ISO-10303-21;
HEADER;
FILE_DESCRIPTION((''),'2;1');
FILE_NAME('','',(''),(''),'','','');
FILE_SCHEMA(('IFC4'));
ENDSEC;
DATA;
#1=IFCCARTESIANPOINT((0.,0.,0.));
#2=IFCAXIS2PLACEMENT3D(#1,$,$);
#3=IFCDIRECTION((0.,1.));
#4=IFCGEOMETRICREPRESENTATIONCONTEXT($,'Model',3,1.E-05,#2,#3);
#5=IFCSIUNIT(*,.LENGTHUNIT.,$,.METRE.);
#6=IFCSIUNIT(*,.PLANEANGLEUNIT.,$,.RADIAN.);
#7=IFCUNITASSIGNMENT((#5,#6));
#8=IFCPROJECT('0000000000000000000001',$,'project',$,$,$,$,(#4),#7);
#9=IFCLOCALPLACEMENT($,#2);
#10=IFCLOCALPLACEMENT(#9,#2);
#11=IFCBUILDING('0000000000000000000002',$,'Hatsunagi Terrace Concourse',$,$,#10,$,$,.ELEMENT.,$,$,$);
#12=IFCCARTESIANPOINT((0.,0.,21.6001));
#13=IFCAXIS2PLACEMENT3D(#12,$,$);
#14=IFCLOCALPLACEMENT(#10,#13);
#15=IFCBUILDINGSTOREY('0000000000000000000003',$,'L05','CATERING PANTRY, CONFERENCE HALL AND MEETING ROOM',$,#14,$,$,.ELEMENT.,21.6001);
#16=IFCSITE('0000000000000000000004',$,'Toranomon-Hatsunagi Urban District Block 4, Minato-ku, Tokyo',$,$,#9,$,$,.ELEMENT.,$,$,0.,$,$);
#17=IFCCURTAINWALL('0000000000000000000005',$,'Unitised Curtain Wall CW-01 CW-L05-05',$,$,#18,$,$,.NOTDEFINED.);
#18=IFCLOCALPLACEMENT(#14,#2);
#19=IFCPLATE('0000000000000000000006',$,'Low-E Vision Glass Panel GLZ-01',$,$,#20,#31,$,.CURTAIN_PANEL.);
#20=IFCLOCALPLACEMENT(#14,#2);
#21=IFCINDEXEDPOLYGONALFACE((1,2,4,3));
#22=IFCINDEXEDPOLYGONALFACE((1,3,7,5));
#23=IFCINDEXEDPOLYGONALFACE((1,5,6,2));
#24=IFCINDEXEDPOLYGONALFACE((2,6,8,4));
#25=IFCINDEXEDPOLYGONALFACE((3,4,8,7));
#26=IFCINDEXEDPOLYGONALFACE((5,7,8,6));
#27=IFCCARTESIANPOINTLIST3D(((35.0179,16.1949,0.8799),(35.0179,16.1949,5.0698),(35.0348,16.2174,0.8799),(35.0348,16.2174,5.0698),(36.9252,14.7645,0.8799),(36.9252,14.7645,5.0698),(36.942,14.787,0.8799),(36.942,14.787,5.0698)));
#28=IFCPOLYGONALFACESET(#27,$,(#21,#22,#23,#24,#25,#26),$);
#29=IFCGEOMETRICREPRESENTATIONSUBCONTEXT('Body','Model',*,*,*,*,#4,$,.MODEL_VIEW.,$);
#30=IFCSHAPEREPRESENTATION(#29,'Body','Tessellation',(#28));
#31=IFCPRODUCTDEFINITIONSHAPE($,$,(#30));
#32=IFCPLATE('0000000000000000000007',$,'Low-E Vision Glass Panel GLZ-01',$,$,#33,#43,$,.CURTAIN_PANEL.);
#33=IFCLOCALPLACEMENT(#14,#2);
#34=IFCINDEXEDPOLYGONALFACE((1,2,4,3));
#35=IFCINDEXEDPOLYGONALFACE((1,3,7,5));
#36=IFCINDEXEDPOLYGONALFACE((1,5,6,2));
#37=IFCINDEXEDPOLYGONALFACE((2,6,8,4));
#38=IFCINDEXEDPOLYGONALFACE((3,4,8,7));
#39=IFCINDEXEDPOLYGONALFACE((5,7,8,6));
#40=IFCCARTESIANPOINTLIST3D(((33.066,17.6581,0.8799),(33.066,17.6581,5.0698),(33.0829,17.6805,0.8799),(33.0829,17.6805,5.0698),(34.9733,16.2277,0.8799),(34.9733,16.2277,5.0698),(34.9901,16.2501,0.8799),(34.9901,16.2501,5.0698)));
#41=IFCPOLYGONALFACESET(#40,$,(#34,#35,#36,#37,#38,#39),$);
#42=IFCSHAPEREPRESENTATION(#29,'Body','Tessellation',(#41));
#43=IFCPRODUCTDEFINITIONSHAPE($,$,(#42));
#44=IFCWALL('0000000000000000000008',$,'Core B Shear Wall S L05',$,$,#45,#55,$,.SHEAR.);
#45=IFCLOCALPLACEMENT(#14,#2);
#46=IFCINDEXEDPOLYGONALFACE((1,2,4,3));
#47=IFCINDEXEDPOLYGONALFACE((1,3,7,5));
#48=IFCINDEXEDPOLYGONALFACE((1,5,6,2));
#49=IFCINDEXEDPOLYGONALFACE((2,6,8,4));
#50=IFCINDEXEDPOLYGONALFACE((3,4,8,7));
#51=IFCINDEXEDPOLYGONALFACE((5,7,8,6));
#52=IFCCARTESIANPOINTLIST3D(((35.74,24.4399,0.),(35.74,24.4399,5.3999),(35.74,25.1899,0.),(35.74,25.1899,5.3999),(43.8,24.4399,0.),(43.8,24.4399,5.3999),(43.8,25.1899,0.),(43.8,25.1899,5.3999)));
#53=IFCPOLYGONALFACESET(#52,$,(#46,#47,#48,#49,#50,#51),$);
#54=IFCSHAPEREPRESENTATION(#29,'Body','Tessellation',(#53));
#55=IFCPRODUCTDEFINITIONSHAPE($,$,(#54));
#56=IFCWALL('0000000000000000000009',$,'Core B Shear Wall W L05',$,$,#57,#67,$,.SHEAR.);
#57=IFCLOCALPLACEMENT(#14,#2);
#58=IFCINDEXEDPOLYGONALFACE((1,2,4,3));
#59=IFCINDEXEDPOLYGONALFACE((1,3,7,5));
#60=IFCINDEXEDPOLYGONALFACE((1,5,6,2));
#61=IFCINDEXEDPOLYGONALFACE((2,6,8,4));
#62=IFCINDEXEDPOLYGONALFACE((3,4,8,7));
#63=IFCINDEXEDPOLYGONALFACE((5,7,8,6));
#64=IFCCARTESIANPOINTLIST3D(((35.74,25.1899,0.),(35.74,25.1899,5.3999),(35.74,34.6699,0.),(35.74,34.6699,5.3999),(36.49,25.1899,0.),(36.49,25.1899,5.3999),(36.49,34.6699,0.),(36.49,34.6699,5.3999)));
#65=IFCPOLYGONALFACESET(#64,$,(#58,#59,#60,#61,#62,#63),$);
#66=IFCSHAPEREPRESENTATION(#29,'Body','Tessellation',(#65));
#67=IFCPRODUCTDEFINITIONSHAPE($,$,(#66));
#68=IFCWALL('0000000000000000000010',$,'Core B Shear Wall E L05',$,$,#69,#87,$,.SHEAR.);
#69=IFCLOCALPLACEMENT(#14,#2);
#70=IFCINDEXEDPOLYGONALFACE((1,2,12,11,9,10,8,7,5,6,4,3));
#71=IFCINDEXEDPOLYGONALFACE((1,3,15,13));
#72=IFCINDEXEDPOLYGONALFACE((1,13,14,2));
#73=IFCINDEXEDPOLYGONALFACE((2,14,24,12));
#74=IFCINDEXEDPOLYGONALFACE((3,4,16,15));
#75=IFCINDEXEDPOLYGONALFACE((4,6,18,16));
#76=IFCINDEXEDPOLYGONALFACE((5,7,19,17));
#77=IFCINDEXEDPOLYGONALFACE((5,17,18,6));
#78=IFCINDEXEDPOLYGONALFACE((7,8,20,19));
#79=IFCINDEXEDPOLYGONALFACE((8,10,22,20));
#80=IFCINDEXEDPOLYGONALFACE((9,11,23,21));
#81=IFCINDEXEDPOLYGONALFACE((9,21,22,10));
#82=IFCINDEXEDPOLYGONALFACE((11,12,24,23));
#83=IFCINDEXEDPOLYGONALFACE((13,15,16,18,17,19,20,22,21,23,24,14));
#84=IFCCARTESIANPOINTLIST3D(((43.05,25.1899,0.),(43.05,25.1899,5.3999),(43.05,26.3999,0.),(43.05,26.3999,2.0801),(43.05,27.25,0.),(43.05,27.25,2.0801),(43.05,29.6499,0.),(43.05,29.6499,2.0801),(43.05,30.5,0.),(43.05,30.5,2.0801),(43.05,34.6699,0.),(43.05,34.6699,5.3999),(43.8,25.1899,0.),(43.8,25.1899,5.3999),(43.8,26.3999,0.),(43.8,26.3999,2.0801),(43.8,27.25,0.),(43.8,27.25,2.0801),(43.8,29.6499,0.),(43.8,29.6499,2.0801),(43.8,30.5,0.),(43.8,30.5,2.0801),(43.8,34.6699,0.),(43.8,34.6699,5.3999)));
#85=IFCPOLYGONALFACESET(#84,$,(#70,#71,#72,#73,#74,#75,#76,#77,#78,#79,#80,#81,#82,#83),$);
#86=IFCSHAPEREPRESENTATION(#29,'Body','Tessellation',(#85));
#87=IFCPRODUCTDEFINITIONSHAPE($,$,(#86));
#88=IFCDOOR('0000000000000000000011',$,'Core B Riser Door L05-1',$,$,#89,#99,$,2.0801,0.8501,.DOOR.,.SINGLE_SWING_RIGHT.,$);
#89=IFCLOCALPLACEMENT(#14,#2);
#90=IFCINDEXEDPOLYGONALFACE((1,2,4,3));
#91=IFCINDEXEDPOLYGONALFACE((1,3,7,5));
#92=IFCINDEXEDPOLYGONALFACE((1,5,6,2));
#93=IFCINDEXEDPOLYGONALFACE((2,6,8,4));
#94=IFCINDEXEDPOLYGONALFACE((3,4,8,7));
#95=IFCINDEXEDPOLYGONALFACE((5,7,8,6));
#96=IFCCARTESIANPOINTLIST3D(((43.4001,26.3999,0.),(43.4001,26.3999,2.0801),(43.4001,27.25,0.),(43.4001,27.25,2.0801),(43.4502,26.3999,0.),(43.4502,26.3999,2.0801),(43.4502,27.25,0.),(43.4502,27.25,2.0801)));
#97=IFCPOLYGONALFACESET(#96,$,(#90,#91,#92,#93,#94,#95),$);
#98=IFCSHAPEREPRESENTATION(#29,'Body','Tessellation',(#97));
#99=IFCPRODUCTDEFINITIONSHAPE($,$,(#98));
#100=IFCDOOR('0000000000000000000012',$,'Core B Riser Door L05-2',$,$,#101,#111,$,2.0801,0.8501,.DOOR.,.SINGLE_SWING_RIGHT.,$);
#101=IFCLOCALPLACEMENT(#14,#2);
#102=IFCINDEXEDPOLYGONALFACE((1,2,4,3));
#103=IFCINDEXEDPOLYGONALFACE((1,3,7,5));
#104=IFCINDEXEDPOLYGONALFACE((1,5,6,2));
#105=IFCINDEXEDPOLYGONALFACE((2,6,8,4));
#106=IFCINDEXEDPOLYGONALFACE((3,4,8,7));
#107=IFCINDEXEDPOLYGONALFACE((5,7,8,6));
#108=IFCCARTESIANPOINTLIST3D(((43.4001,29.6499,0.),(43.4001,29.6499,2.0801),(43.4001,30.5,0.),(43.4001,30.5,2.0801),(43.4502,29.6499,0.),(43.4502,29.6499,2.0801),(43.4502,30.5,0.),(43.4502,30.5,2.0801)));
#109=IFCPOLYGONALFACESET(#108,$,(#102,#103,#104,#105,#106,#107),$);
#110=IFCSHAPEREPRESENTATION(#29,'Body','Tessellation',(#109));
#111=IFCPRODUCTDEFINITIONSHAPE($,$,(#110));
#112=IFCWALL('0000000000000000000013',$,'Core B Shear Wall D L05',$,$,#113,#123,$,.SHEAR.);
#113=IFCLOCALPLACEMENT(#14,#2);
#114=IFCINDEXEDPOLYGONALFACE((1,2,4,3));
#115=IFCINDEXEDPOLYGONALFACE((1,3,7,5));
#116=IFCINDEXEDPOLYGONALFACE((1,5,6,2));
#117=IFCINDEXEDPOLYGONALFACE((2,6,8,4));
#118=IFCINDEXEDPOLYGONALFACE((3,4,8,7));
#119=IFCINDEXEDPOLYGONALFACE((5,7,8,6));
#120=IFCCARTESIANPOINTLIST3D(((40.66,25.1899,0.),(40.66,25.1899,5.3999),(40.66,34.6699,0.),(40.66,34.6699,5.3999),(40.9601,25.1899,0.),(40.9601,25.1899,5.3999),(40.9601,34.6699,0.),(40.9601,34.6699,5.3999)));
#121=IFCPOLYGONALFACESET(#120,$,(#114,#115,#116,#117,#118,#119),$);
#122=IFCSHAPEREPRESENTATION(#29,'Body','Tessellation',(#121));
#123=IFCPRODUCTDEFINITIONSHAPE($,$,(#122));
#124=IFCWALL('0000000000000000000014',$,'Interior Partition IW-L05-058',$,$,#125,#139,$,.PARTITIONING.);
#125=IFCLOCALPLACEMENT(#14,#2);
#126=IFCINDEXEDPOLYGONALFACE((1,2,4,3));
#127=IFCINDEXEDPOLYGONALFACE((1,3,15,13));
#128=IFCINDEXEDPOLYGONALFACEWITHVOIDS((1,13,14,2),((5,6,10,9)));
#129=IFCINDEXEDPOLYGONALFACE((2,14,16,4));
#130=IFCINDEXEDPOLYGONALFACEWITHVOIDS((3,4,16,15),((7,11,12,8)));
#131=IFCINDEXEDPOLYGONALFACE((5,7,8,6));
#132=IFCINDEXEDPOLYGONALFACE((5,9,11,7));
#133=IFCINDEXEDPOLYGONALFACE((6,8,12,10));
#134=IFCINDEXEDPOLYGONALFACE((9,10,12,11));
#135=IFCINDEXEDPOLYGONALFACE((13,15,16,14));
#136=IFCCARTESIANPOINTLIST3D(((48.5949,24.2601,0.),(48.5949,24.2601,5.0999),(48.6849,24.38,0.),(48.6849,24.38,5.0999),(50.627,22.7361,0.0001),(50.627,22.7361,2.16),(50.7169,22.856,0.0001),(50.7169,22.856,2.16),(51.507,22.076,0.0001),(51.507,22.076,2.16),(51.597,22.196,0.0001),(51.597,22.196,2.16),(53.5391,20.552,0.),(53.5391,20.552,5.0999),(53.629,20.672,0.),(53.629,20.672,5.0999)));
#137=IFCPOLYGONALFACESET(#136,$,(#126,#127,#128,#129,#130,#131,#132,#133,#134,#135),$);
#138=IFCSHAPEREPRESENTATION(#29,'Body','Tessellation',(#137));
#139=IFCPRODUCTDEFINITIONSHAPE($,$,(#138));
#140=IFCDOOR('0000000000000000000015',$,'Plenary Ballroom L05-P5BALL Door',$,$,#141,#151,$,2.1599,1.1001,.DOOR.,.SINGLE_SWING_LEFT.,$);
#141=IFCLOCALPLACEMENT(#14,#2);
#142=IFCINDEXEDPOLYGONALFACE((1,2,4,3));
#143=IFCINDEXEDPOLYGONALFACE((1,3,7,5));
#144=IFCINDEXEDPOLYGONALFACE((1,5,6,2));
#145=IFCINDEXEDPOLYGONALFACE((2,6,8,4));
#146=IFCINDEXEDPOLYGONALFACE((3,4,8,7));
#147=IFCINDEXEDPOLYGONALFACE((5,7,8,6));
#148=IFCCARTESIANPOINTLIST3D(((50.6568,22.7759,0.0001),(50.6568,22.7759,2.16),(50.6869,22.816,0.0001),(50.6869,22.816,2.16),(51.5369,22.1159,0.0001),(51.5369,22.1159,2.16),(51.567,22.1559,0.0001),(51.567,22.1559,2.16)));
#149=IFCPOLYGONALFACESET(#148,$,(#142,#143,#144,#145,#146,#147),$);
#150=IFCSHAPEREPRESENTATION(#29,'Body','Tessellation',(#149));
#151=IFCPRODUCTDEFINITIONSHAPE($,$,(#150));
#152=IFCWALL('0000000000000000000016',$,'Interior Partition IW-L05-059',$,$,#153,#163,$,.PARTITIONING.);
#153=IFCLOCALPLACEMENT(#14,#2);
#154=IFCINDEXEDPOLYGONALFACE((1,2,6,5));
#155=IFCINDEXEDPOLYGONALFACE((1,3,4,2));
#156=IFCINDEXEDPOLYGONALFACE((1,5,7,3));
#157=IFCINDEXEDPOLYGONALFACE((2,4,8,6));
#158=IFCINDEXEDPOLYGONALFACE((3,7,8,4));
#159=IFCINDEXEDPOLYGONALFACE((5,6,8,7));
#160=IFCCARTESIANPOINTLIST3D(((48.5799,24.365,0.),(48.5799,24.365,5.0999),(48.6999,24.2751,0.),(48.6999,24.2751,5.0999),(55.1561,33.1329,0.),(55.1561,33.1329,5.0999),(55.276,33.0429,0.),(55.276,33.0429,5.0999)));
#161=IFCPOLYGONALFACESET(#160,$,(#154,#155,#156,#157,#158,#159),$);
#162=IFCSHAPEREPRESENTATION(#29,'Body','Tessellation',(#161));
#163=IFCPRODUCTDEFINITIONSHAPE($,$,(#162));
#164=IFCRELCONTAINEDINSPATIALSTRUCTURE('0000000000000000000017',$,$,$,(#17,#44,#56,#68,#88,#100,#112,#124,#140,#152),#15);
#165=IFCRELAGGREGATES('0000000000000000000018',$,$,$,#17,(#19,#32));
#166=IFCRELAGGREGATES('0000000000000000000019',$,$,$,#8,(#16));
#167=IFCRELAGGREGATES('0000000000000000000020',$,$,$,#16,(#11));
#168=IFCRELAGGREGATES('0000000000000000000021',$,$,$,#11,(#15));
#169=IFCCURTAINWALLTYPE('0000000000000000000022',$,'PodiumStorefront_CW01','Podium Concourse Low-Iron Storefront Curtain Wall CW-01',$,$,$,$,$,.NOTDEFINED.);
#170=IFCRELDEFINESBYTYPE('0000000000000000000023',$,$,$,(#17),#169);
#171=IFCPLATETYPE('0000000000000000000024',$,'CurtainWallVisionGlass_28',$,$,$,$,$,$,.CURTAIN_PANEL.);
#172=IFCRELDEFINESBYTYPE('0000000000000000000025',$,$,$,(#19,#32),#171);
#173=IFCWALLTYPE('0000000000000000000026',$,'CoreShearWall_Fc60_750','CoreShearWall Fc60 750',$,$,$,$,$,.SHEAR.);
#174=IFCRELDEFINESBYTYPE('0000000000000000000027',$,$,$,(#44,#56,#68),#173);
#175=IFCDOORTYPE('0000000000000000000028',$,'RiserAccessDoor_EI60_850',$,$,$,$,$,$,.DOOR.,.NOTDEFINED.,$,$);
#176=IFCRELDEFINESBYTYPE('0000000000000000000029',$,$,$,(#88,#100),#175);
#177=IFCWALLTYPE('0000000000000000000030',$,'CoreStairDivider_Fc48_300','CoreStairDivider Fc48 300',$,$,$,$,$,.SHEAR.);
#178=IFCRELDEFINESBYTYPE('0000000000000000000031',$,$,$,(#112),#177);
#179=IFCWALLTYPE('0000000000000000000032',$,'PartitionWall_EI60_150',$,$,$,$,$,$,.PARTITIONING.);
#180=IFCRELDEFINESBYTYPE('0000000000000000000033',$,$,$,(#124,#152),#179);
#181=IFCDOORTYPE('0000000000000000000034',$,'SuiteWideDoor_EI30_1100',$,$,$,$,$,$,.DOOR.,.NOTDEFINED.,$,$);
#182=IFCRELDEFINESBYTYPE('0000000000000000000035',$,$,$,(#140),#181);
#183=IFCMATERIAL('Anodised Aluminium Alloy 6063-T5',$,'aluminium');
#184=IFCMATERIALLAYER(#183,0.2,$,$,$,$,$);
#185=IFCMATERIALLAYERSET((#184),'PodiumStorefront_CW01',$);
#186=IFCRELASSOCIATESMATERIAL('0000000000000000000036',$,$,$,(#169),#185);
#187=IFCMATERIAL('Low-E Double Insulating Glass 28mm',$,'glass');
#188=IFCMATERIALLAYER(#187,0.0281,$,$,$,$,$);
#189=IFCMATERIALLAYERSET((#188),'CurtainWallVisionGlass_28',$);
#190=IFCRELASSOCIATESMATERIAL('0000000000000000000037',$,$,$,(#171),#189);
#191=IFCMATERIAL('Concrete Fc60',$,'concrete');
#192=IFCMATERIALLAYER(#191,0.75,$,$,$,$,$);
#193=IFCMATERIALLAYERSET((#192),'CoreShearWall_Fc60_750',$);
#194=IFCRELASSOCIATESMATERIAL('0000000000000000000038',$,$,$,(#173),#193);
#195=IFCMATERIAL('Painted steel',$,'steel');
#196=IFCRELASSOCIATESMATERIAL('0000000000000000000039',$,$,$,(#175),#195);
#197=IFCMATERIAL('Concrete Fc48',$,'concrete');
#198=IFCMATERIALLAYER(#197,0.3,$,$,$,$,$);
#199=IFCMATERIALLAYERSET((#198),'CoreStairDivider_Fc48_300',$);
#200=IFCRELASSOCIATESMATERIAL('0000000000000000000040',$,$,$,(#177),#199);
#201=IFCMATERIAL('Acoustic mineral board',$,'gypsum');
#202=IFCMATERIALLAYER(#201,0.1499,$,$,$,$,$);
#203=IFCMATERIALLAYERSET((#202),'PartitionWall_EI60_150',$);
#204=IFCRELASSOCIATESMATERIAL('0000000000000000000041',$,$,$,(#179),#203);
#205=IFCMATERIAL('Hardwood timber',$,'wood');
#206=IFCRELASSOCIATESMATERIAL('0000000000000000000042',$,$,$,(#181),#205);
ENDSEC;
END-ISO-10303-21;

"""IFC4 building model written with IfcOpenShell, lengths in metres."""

from ifc_helpers import new_model, si_unit, direction, frame, frame_2d, origin, origin_2d, place, context, subcontext, project, spatial, rectangle, extrude, material, layer, layer_set, type_object, element, fill, aggregate, save


model = new_model("IFC4")

# Units and contexts
model_context = context("Model", 3, precision=1e-05, world=origin(), true_north=direction((0.0, 1.0)))
body_context = subcontext(model_context, "Body", "Model", "MODEL_VIEW")
ifc_project = project(units=[si_unit("LENGTHUNIT", "METRE"), si_unit("PLANEANGLEUNIT", "RADIAN")], contexts=[model_context])

# Site, building, storey
site_placement = place(None, origin())
site = spatial("IfcSite", under=ifc_project, at=site_placement, Name="Toranomon-Hatsunagi Urban District Block 4, Minato-ku, Tokyo", CompositionType="ELEMENT", RefElevation=0.0)
building_placement = place(site_placement, origin())
building = spatial("IfcBuilding", under=site, at=building_placement, Name="Hatsunagi Terrace Concourse", CompositionType="ELEMENT")
storey_placement = place(building_placement, frame((0.0, 0.0, 21.6001)))
storey = spatial("IfcBuildingStorey", under=building, at=storey_placement, Name="L05", Description="CATERING PANTRY, CONFERENCE HALL AND MEETING ROOM", CompositionType="ELEMENT", Elevation=21.6001)

# Curtain wall
ifc_material_1 = material(Name="Anodised Aluminium Alloy 6063-T5", Category="aluminium")
ifc_layer_1 = layer(ifc_material_1, 0.2)
ifc_layer_set_1 = layer_set([ifc_layer_1], Name="PodiumStorefront_CW01")
curtain_wall_type = type_object("IfcCurtainWallType", Name="PodiumStorefront_CW01", Description="Podium Concourse Low-Iron Storefront Curtain Wall CW-01", PredefinedType="NOTDEFINED", material=ifc_layer_set_1)
curtain_wall_placement = place(storey_placement, origin())
curtain_wall = element("IfcCurtainWall", 1, at=curtain_wall_placement, inside=storey, type_object=curtain_wall_type, Name="Unitised Curtain Wall CW-01 CW-L05-05", PredefinedType="NOTDEFINED")

# Plates
ifc_material_2 = material(Name="Low-E Double Insulating Glass 28mm", Category="glass")
ifc_layer_2 = layer(ifc_material_2, 0.0281)
ifc_layer_set_2 = layer_set([ifc_layer_2], Name="CurtainWallVisionGlass_28")
plate_type_1 = type_object("IfcPlateType", Name="CurtainWallVisionGlass_28", PredefinedType="CURTAIN_PANEL", material=ifc_layer_set_2)
plate_1_placement = place(storey_placement, frame((35.98, 15.491, 0.8799), z_axis=(0.0, 0.0, 1.0), x_axis=(-0.800003, 0.599996, 0.0)))
plate_1 = element("IfcPlate", 2, at=plate_1_placement, type_object=plate_type_1, Name="Low-E Vision Glass Panel GLZ-01", PredefinedType="CURTAIN_PANEL", context=body_context, shape_type="SweptSolid", body=[
    extrude(rectangle(XDim=2.384, YDim=0.0281, at=origin_2d()), origin(), (0.0, 0.0, 1.0), 4.1899),
])
plate_2_placement = place(storey_placement, frame((34.0281, 16.9541, 0.8799), z_axis=(0.0, 0.0, 1.0), x_axis=(-0.800003, 0.599996, 0.0)))
plate_2 = element("IfcPlate", 3, at=plate_2_placement, type_object=plate_type_1, Name="Low-E Vision Glass Panel GLZ-01", PredefinedType="CURTAIN_PANEL", context=body_context, shape_type="SweptSolid", body=[
    extrude(rectangle(XDim=2.384, YDim=0.0281, at=origin_2d()), origin(), (0.0, 0.0, 1.0), 4.1899),
])
aggregate(curtain_wall, [plate_1, plate_2])

# Walls
ifc_material_3 = material(Name="Concrete Fc60", Category="concrete")
ifc_layer_3 = layer(ifc_material_3, 0.75)
ifc_layer_set_3 = layer_set([ifc_layer_3], Name="CoreShearWall_Fc60_750")
wall_type_1 = type_object("IfcWallType", Name="CoreShearWall_Fc60_750", Description="CoreShearWall Fc60 750", PredefinedType="SHEAR", material=ifc_layer_set_3)
wall_1_placement = place(storey_placement, frame((35.74, 24.8149, 0.0), z_axis=(0.0, 0.0, 1.0), x_axis=(1.0, 0.0, 0.0)))
element("IfcWall", 4, at=wall_1_placement, inside=storey, type_object=wall_type_1, Name="Core B Shear Wall S L05", PredefinedType="SHEAR", context=body_context, shape_type="SweptSolid", body=[
    extrude(rectangle(XDim=8.0601, YDim=0.75, at=frame_2d((4.03, 0.0))), origin(), (0.0, 0.0, 1.0), 5.3999),
])
wall_2_placement = place(storey_placement, frame((36.115, 25.1899, 0.0), z_axis=(0.0, 0.0, 1.0), x_axis=(0.0, 1.0, 0.0)))
element("IfcWall", 5, at=wall_2_placement, inside=storey, type_object=wall_type_1, Name="Core B Shear Wall W L05", PredefinedType="SHEAR", context=body_context, shape_type="SweptSolid", body=[
    extrude(rectangle(XDim=9.48, YDim=0.75, at=frame_2d((4.74, 0.0))), origin(), (0.0, 0.0, 1.0), 5.3999),
])

# Wall, openings, doors
wall_3_placement = place(storey_placement, frame((43.425, 25.1899, 0.0), z_axis=(0.0, 0.0, 1.0), x_axis=(0.0, 1.0, 0.0)))
wall_3 = element("IfcWall", 6, at=wall_3_placement, inside=storey, type_object=wall_type_1, Name="Core B Shear Wall E L05", PredefinedType="SHEAR", context=body_context, shape_type="SweptSolid", body=[
    extrude(rectangle(XDim=9.48, YDim=0.75, at=frame_2d((4.74, 0.0))), origin(), (0.0, 0.0, 1.0), 5.3999),
])
opening_1_placement = place(wall_3_placement, frame((1.21, 0.0, 0.0)))
opening_1 = element("IfcOpeningElement", 7, at=opening_1_placement, cuts=wall_3, PredefinedType="OPENING", context=body_context, shape_type="SweptSolid", body=[
    extrude(rectangle(XDim=0.8501, YDim=2.0801, at=frame_2d((0.425, 1.04))), frame((0.0, 0.385, 0.0), z_axis=(0.0, -1.0, 0.0), x_axis=(1.0, 0.0, 0.0)), (0.0, 0.0, 1.0), 0.77),
])
opening_2_placement = place(wall_3_placement, frame((4.46, 0.0, 0.0)))
opening_2 = element("IfcOpeningElement", 8, at=opening_2_placement, cuts=wall_3, PredefinedType="OPENING", context=body_context, shape_type="SweptSolid", body=[
    extrude(rectangle(XDim=0.8501, YDim=2.0801, at=frame_2d((0.425, 1.04))), frame((0.0, 0.385, 0.0), z_axis=(0.0, -1.0, 0.0), x_axis=(1.0, 0.0, 0.0)), (0.0, 0.0, 1.0), 0.77),
])
ifc_material_4 = material(Name="Painted steel", Category="steel")
door_type_1 = type_object("IfcDoorType", Name="RiserAccessDoor_EI60_850", OperationType="NOTDEFINED", PredefinedType="DOOR", material=ifc_material_4)
door_1_placement = place(opening_1_placement, origin())
door_1 = element("IfcDoor", 9, at=door_1_placement, inside=storey, type_object=door_type_1, Name="Core B Riser Door L05-1", OperationType="SINGLE_SWING_RIGHT", OverallHeight=2.0801, OverallWidth=0.8501, PredefinedType="DOOR", context=body_context, shape_type="SweptSolid", body=[
    extrude(rectangle(XDim=0.8501, YDim=2.0801, at=frame_2d((0.425, 1.04))), frame((0.0, 0.0249, 0.0), z_axis=(0.0, -1.0, 0.0), x_axis=(1.0, 0.0, 0.0)), (0.0, 0.0, 1.0), 0.05),
])
fill(opening_1, door_1)
door_2_placement = place(opening_2_placement, origin())
door_2 = element("IfcDoor", 10, at=door_2_placement, inside=storey, type_object=door_type_1, Name="Core B Riser Door L05-2", OperationType="SINGLE_SWING_RIGHT", OverallHeight=2.0801, OverallWidth=0.8501, PredefinedType="DOOR", context=body_context, shape_type="SweptSolid", body=[
    extrude(rectangle(XDim=0.8501, YDim=2.0801, at=frame_2d((0.425, 1.04))), frame((0.0, 0.0249, 0.0), z_axis=(0.0, -1.0, 0.0), x_axis=(1.0, 0.0, 0.0)), (0.0, 0.0, 1.0), 0.05),
])
fill(opening_2, door_2)

# Wall
ifc_material_5 = material(Name="Concrete Fc48", Category="concrete")
ifc_layer_4 = layer(ifc_material_5, 0.3)
ifc_layer_set_4 = layer_set([ifc_layer_4], Name="CoreStairDivider_Fc48_300")
wall_type_2 = type_object("IfcWallType", Name="CoreStairDivider_Fc48_300", Description="CoreStairDivider Fc48 300", PredefinedType="SHEAR", material=ifc_layer_set_4)
wall_4_placement = place(storey_placement, frame((40.8101, 25.1899, 0.0), z_axis=(0.0, 0.0, 1.0), x_axis=(0.0, 1.0, 0.0)))
element("IfcWall", 11, at=wall_4_placement, inside=storey, type_object=wall_type_2, Name="Core B Shear Wall D L05", PredefinedType="SHEAR", context=body_context, shape_type="SweptSolid", body=[
    extrude(rectangle(XDim=9.48, YDim=0.3, at=frame_2d((4.74, 0.0))), origin(), (0.0, 0.0, 1.0), 5.3999),
])

# Wall, opening, door
ifc_material_6 = material(Name="Acoustic mineral board", Category="gypsum")
ifc_layer_5 = layer(ifc_material_6, 0.1499)
ifc_layer_set_5 = layer_set([ifc_layer_5], Name="PartitionWall_EI60_150")
wall_type_3 = type_object("IfcWallType", Name="PartitionWall_EI60_150", PredefinedType="PARTITIONING", material=ifc_layer_set_5)
wall_5_placement = place(storey_placement, frame((48.6399, 24.3201, 0.0), z_axis=(0.0, 0.0, 1.0), x_axis=(0.800005, -0.599994, 0.0)))
wall_5 = element("IfcWall", 12, at=wall_5_placement, inside=storey, type_object=wall_type_3, Name="Interior Partition IW-L05-058", PredefinedType="PARTITIONING", context=body_context, shape_type="SweptSolid", body=[
    extrude(rectangle(XDim=6.1802, YDim=0.1499, at=frame_2d((3.0901, 0.0))), origin(), (0.0, 0.0, 1.0), 5.0999),
])
opening_3_placement = place(wall_5_placement, frame((2.54, 0.0, 0.0)))
opening_3 = element("IfcOpeningElement", 13, at=opening_3_placement, cuts=wall_5, PredefinedType="OPENING", context=body_context, shape_type="SweptSolid", body=[
    extrude(rectangle(XDim=1.1001, YDim=2.1599, at=frame_2d((0.55, 1.0801))), frame((0.0, 0.085, 0.0), z_axis=(0.0, -1.0, 0.0), x_axis=(1.0, 0.0, 0.0)), (0.0, 0.0, 1.0), 0.1699),
])
ifc_material_7 = material(Name="Hardwood timber", Category="wood")
door_type_2 = type_object("IfcDoorType", Name="SuiteWideDoor_EI30_1100", OperationType="NOTDEFINED", PredefinedType="DOOR", material=ifc_material_7)
door_3_placement = place(opening_3_placement, origin())
door_3 = element("IfcDoor", 14, at=door_3_placement, inside=storey, type_object=door_type_2, Name="Plenary Ballroom L05-P5BALL Door", OperationType="SINGLE_SWING_LEFT", OverallHeight=2.1599, OverallWidth=1.1001, PredefinedType="DOOR", context=body_context, shape_type="SweptSolid", body=[
    extrude(rectangle(XDim=1.1001, YDim=2.1599, at=frame_2d((0.55, 1.0801))), frame((0.0, 0.0249, 0.0), z_axis=(0.0, -1.0, 0.0), x_axis=(1.0, 0.0, 0.0)), (0.0, 0.0, 1.0), 0.05),
])
fill(opening_3, door_3)

# Wall
wall_6_placement = place(storey_placement, frame((48.6399, 24.3201, 0.0), z_axis=(0.0, 0.0, 1.0), x_axis=(0.600018, 0.799987, 0.0)))
element("IfcWall", 15, at=wall_6_placement, inside=storey, type_object=wall_type_3, Name="Interior Partition IW-L05-059", PredefinedType="PARTITIONING", context=body_context, shape_type="SweptSolid", body=[
    extrude(rectangle(XDim=10.96, YDim=0.1499, at=frame_2d((5.48, 0.0))), origin(), (0.0, 0.0, 1.0), 5.0999),
])

save(model, "model.ifc")
